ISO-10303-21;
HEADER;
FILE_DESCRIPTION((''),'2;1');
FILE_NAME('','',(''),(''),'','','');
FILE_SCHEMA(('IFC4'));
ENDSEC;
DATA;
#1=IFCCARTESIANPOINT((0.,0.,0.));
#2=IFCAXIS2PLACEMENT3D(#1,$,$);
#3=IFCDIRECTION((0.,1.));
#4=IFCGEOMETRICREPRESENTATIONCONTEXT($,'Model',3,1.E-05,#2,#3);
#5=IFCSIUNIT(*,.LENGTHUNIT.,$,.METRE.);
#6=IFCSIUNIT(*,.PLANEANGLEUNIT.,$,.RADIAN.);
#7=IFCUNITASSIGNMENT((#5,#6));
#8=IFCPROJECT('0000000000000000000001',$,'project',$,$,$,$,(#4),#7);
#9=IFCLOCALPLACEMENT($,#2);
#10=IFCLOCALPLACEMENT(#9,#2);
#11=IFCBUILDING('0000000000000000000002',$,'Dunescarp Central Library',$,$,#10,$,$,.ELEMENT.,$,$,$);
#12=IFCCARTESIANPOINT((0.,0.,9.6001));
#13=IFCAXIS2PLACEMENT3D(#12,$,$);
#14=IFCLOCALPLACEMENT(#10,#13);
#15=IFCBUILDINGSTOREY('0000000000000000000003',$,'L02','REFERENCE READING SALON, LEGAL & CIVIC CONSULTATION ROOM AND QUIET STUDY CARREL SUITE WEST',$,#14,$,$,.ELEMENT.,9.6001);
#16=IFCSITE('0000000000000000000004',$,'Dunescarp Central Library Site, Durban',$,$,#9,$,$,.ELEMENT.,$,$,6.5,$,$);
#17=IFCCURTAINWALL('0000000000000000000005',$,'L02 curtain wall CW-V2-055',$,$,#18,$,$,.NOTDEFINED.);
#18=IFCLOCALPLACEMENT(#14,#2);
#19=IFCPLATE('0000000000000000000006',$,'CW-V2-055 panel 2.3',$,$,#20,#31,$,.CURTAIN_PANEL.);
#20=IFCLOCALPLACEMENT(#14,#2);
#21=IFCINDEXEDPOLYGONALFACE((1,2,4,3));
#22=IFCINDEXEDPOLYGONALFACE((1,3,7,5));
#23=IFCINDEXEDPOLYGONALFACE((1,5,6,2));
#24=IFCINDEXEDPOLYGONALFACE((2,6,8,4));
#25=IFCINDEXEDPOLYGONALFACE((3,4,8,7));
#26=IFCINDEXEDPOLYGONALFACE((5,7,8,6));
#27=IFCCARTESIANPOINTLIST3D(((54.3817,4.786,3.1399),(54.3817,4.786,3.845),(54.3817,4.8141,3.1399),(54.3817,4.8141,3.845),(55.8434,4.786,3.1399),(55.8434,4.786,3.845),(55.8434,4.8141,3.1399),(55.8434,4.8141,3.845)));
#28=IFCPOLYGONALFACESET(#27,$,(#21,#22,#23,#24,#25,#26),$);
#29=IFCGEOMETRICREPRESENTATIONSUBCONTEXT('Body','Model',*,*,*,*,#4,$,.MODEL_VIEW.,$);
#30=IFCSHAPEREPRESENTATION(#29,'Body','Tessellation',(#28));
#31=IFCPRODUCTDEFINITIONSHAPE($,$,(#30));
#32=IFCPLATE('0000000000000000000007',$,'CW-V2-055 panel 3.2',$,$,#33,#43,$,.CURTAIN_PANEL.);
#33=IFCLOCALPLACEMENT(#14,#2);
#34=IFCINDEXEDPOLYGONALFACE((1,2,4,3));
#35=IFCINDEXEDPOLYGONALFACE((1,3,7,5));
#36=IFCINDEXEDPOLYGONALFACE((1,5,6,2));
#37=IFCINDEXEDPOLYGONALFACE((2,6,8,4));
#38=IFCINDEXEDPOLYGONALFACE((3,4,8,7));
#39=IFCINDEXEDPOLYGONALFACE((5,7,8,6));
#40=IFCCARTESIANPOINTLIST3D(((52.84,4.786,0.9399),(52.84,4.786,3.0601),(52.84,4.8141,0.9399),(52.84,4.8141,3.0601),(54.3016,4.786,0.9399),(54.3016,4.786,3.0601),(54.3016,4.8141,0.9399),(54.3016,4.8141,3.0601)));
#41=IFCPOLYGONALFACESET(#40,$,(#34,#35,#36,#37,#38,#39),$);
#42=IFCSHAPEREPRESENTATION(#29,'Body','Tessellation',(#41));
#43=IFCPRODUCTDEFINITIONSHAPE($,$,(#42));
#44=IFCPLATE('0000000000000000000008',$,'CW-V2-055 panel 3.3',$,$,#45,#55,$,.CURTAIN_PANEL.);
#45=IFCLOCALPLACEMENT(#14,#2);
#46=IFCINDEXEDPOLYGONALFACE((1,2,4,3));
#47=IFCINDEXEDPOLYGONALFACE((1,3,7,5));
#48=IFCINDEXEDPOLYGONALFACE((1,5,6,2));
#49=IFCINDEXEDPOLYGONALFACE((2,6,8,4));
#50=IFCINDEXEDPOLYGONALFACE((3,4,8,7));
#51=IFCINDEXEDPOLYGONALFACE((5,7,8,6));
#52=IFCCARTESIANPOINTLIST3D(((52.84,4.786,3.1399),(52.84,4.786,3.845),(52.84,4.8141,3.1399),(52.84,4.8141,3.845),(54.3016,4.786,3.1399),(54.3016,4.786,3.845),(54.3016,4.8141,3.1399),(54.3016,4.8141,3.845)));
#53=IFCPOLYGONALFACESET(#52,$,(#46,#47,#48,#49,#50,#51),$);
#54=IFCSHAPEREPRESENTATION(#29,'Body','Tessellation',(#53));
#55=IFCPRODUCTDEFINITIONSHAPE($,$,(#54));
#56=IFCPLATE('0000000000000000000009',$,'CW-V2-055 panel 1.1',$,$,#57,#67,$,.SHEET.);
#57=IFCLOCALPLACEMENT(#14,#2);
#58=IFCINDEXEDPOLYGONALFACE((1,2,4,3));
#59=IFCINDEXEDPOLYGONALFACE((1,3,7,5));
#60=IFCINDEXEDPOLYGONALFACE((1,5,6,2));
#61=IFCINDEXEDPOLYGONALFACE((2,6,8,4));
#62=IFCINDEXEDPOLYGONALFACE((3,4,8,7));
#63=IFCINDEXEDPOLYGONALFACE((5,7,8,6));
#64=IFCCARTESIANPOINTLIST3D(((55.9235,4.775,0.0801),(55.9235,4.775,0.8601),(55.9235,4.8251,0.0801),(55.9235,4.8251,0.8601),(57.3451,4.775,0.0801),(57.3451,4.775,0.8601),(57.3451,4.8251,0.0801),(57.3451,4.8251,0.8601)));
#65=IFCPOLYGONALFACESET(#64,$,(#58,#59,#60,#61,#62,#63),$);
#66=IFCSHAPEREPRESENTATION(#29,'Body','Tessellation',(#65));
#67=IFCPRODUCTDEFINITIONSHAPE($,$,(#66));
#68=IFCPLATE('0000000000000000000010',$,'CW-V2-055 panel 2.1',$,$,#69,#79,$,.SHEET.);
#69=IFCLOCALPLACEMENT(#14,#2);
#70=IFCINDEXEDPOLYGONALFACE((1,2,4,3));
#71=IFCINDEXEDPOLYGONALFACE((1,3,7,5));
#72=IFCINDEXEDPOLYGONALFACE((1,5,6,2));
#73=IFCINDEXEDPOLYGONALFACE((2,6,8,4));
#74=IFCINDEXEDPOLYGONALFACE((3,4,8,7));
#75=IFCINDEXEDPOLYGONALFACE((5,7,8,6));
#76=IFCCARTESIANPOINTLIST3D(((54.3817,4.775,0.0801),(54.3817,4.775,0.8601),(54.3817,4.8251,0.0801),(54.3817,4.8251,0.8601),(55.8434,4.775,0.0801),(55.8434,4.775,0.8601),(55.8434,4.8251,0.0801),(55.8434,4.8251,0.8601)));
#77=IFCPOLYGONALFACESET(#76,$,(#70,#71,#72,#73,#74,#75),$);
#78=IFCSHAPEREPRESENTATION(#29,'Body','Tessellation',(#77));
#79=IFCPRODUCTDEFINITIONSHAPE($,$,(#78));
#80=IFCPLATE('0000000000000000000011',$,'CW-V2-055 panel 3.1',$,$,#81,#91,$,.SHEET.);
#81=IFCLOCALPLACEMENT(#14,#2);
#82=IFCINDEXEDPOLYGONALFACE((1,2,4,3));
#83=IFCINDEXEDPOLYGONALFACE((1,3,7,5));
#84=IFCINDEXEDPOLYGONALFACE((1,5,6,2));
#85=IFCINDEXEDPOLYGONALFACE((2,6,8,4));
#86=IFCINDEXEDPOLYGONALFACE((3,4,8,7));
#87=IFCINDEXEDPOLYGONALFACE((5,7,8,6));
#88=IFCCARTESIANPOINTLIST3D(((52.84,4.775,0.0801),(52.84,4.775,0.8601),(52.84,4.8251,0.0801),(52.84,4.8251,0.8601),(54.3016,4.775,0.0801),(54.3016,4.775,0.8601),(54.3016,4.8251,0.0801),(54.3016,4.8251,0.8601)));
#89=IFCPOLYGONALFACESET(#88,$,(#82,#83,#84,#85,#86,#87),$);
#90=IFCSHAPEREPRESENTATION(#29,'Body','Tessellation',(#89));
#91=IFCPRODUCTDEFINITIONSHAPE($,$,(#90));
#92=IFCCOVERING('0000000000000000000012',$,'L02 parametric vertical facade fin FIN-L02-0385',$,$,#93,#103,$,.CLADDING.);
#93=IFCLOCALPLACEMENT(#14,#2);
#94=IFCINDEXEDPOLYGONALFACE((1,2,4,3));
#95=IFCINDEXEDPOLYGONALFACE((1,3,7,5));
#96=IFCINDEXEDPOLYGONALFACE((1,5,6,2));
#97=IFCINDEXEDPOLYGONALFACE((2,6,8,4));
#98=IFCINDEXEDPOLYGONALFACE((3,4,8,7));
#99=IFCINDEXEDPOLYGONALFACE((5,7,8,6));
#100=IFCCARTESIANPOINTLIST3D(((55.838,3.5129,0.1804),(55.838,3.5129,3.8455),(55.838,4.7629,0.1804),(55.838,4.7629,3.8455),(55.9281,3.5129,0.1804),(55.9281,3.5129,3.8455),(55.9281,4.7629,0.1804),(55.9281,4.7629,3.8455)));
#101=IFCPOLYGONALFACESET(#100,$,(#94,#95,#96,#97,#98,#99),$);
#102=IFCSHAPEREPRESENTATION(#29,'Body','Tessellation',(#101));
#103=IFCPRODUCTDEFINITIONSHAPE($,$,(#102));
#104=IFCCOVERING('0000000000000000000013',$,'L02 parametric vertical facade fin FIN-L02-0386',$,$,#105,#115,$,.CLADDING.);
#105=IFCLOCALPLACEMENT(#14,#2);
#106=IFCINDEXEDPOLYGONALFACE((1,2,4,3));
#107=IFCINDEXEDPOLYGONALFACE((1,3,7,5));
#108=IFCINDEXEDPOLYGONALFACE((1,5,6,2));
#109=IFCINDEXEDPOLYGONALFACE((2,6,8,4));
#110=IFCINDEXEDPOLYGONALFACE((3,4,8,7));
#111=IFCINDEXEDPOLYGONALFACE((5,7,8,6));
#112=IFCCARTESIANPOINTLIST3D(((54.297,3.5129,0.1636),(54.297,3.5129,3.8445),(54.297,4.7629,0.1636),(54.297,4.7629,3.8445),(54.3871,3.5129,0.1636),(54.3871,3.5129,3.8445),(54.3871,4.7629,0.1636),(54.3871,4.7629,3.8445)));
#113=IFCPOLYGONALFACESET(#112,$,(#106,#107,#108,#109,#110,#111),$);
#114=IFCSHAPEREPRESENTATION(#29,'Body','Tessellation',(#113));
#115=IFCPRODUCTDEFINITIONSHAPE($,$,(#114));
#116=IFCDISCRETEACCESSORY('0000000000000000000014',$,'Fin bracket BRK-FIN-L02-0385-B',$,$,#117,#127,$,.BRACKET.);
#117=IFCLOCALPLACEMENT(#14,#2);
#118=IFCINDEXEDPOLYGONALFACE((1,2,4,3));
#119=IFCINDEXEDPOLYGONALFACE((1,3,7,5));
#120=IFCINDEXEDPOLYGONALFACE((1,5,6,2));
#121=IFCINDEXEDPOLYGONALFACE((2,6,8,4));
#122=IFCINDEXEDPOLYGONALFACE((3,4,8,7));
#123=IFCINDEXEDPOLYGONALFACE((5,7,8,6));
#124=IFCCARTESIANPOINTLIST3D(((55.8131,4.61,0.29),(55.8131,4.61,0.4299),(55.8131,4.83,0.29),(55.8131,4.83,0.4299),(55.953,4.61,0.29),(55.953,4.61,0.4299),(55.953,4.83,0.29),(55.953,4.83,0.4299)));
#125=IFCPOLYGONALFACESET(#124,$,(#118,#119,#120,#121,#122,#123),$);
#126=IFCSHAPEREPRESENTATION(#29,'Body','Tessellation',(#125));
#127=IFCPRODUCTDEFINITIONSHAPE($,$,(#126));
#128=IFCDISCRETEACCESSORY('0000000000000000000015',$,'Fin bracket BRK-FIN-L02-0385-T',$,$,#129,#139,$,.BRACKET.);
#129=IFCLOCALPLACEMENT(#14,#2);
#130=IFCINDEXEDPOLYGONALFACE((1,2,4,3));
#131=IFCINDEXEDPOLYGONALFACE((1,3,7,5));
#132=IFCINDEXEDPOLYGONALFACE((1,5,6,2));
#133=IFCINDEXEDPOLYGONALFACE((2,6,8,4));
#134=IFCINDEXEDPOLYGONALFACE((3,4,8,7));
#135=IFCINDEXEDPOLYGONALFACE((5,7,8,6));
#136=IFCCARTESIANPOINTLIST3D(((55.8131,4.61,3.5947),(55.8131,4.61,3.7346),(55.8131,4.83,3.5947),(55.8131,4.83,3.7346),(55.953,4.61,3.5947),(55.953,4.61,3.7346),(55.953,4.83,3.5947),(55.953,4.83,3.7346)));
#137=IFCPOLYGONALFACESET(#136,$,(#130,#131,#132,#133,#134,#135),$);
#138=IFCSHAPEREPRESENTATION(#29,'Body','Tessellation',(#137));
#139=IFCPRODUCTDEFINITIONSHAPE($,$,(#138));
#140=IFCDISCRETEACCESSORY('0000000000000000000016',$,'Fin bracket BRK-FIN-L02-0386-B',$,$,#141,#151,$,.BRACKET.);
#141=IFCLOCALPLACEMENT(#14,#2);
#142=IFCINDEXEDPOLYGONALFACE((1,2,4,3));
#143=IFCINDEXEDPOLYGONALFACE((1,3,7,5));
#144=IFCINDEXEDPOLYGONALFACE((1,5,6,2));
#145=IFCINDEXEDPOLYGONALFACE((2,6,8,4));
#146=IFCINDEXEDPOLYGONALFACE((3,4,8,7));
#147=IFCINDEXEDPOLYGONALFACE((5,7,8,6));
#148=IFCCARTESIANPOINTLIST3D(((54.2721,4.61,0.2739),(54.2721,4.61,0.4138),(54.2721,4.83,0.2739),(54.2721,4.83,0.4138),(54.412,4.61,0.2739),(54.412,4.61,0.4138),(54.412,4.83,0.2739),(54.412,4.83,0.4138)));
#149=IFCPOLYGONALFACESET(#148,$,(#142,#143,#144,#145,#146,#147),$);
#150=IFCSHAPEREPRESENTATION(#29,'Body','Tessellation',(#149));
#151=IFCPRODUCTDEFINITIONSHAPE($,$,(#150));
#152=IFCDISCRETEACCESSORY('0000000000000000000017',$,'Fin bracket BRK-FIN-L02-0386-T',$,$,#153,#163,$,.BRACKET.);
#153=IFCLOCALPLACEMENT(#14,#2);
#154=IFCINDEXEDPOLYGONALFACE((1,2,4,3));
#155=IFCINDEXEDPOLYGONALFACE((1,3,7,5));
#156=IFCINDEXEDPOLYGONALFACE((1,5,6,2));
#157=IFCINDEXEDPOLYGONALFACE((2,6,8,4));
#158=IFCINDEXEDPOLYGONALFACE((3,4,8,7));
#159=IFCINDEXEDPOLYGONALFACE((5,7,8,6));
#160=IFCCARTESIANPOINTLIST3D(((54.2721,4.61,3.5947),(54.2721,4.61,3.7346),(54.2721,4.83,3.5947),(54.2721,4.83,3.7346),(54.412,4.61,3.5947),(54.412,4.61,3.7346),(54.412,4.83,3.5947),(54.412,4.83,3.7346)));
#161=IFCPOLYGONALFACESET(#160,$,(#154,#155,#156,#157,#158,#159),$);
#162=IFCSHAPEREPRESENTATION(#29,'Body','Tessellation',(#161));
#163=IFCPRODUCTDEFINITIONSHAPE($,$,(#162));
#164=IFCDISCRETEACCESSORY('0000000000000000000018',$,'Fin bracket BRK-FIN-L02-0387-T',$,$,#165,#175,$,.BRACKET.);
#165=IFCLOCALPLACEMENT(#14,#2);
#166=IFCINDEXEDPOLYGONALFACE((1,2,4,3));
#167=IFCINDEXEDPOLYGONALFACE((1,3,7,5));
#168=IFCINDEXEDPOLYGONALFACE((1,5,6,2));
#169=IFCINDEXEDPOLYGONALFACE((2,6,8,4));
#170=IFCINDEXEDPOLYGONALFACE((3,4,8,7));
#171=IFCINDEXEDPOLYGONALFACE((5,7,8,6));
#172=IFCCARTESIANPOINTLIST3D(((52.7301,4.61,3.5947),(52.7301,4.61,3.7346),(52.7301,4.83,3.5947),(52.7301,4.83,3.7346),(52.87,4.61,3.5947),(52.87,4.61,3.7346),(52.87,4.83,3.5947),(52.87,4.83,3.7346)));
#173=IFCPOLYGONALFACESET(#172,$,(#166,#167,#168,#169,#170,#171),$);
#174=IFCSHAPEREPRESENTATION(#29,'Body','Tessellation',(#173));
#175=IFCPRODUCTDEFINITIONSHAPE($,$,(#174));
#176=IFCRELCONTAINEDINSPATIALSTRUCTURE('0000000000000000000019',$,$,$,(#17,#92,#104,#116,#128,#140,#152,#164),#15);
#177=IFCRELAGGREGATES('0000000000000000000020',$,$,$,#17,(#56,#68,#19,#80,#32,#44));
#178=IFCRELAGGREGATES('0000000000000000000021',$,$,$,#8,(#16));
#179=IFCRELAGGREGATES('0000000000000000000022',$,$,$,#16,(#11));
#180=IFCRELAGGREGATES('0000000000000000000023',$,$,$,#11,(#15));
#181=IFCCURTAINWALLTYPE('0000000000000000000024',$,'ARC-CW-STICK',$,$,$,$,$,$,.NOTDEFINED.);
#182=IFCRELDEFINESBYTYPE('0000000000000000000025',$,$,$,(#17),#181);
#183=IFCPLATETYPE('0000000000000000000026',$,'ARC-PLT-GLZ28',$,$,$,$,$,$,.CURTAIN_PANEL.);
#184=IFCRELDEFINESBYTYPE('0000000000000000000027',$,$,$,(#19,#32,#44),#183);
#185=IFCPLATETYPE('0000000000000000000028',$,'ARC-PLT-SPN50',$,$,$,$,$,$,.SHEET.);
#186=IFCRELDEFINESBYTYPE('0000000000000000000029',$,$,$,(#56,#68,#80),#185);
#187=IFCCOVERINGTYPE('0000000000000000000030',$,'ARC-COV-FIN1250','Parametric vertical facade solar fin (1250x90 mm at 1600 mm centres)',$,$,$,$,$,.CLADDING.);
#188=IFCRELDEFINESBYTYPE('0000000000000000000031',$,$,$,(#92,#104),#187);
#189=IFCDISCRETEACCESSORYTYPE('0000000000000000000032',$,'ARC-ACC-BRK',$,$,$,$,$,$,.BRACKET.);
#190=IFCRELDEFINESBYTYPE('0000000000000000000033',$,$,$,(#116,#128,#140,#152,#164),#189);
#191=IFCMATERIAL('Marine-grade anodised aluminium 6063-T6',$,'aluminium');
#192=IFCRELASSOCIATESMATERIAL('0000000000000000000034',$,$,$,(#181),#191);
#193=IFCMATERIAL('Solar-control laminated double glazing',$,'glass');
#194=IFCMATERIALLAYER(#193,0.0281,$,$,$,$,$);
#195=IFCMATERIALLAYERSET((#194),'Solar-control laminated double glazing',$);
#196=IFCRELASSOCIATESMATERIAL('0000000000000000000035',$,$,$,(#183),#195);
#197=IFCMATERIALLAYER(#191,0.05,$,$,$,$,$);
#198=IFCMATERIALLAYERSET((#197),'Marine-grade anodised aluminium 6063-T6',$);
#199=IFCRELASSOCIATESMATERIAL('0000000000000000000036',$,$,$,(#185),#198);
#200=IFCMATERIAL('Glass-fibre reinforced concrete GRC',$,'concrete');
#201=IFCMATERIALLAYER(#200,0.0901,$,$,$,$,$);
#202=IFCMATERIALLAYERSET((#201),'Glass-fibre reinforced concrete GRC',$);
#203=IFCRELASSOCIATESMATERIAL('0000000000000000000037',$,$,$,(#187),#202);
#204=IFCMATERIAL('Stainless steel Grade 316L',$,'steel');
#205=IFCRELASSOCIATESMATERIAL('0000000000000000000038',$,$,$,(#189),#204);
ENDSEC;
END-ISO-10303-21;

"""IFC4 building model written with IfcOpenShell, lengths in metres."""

from ifc_helpers import new_model, si_unit, direction, frame, origin, origin_2d, place, context, subcontext, project, spatial, rectangle, extrude, material, layer, layer_set, type_object, element, aggregate, save


model = new_model("IFC4")

# Units and contexts
model_context = context("Model", 3, precision=1e-05, world=origin(), true_north=direction((0.0, 1.0)))
body_context = subcontext(model_context, "Body", "Model", "MODEL_VIEW")
ifc_project = project(units=[si_unit("LENGTHUNIT", "METRE"), si_unit("PLANEANGLEUNIT", "RADIAN")], contexts=[model_context])

# Site, building, storey
site_placement = place(None, origin())
site = spatial("IfcSite", under=ifc_project, at=site_placement, Name="Dunescarp Central Library Site, Durban", CompositionType="ELEMENT", RefElevation=6.5)
building_placement = place(site_placement, origin())
building = spatial("IfcBuilding", under=site, at=building_placement, Name="Dunescarp Central Library", CompositionType="ELEMENT")
storey_placement = place(building_placement, frame((0.0, 0.0, 9.6001)))
storey = spatial("IfcBuildingStorey", under=building, at=storey_placement, Name="L02", Description="REFERENCE READING SALON, LEGAL & CIVIC CONSULTATION ROOM AND QUIET STUDY CARREL SUITE WEST", CompositionType="ELEMENT", Elevation=9.6001)

# Curtain wall, plates
ifc_material_1 = material(Name="Marine-grade anodised aluminium 6063-T6", Category="aluminium")
curtain_wall_type = type_object("IfcCurtainWallType", Name="ARC-CW-STICK", PredefinedType="NOTDEFINED", material=ifc_material_1)
curtain_wall_placement = place(storey_placement, origin())
curtain_wall = element("IfcCurtainWall", 1, at=curtain_wall_placement, inside=storey, type_object=curtain_wall_type, Name="L02 curtain wall CW-V2-055", PredefinedType="NOTDEFINED")
ifc_material_2 = material(Name="Solar-control laminated double glazing", Category="glass")
ifc_layer_1 = layer(ifc_material_2, 0.0281)
ifc_layer_set_1 = layer_set([ifc_layer_1], Name="Solar-control laminated double glazing")
plate_type_1 = type_object("IfcPlateType", Name="ARC-PLT-GLZ28", PredefinedType="CURTAIN_PANEL", material=ifc_layer_set_1)
plate_1_placement = place(storey_placement, frame((55.1125, 4.8, 3.1399), z_axis=(0.0, 0.0, 1.0), x_axis=(-1.0, 0.0, 0.0)))
plate_1 = element("IfcPlate", 2, at=plate_1_placement, type_object=plate_type_1, Name="CW-V2-055 panel 2.3", PredefinedType="CURTAIN_PANEL", context=body_context, shape_type="SweptSolid", body=[
    extrude(rectangle(XDim=1.4617, YDim=0.0281, at=origin_2d()), origin(), (0.0, 0.0, 1.0), 0.7051),
])
plate_2_placement = place(storey_placement, frame((53.5708, 4.8, 0.9399), z_axis=(0.0, 0.0, 1.0), x_axis=(-1.0, 0.0, 0.0)))
plate_2 = element("IfcPlate", 3, at=plate_2_placement, type_object=plate_type_1, Name="CW-V2-055 panel 3.2", PredefinedType="CURTAIN_PANEL", context=body_context, shape_type="SweptSolid", body=[
    extrude(rectangle(XDim=1.4617, YDim=0.0281, at=origin_2d()), origin(), (0.0, 0.0, 1.0), 2.1201),
])
plate_3_placement = place(storey_placement, frame((53.5708, 4.8, 3.1399), z_axis=(0.0, 0.0, 1.0), x_axis=(-1.0, 0.0, 0.0)))
plate_3 = element("IfcPlate", 4, at=plate_3_placement, type_object=plate_type_1, Name="CW-V2-055 panel 3.3", PredefinedType="CURTAIN_PANEL", context=body_context, shape_type="SweptSolid", body=[
    extrude(rectangle(XDim=1.4617, YDim=0.0281, at=origin_2d()), origin(), (0.0, 0.0, 1.0), 0.7051),
])
ifc_layer_2 = layer(ifc_material_1, 0.05)
ifc_layer_set_2 = layer_set([ifc_layer_2], Name="Marine-grade anodised aluminium 6063-T6")
plate_type_2 = type_object("IfcPlateType", Name="ARC-PLT-SPN50", PredefinedType="SHEET", material=ifc_layer_set_2)
plate_4_placement = place(storey_placement, frame((56.6343, 4.8, 0.0801), z_axis=(0.0, 0.0, 1.0), x_axis=(-1.0, 0.0, 0.0)))
plate_4 = element("IfcPlate", 5, at=plate_4_placement, type_object=plate_type_2, Name="CW-V2-055 panel 1.1", PredefinedType="SHEET", context=body_context, shape_type="SweptSolid", body=[
    extrude(rectangle(XDim=1.4216, YDim=0.05, at=origin_2d()), origin(), (0.0, 0.0, 1.0), 0.78),
])
plate_5_placement = place(storey_placement, frame((55.1125, 4.8, 0.0801), z_axis=(0.0, 0.0, 1.0), x_axis=(-1.0, 0.0, 0.0)))
plate_5 = element("IfcPlate", 6, at=plate_5_placement, type_object=plate_type_2, Name="CW-V2-055 panel 2.1", PredefinedType="SHEET", context=body_context, shape_type="SweptSolid", body=[
    extrude(rectangle(XDim=1.4617, YDim=0.05, at=origin_2d()), origin(), (0.0, 0.0, 1.0), 0.78),
])
plate_6_placement = place(storey_placement, frame((53.5708, 4.8, 0.0801), z_axis=(0.0, 0.0, 1.0), x_axis=(-1.0, 0.0, 0.0)))
plate_6 = element("IfcPlate", 7, at=plate_6_placement, type_object=plate_type_2, Name="CW-V2-055 panel 3.1", PredefinedType="SHEET", context=body_context, shape_type="SweptSolid", body=[
    extrude(rectangle(XDim=1.4617, YDim=0.05, at=origin_2d()), origin(), (0.0, 0.0, 1.0), 0.78),
])
aggregate(curtain_wall, [plate_4, plate_5, plate_1, plate_6, plate_2, plate_3])

# Coverings
ifc_material_3 = material(Name="Glass-fibre reinforced concrete GRC", Category="concrete")
ifc_layer_3 = layer(ifc_material_3, 0.0901)
ifc_layer_set_3 = layer_set([ifc_layer_3], Name="Glass-fibre reinforced concrete GRC")
covering_type = type_object("IfcCoveringType", Name="ARC-COV-FIN1250", Description="Parametric vertical facade solar fin (1250x90 mm at 1600 mm centres)", PredefinedType="CLADDING", material=ifc_layer_set_3)
covering_1_placement = place(storey_placement, frame((55.8831, 4.1379, 0.1804), z_axis=(0.0, 0.0, 1.0), x_axis=(0.0, -1.0, 0.0)))
element("IfcCovering", 8, at=covering_1_placement, inside=storey, type_object=covering_type, Name="L02 parametric vertical facade fin FIN-L02-0385", PredefinedType="CLADDING", context=body_context, shape_type="SweptSolid", body=[
    extrude(rectangle(XDim=1.25, YDim=0.0901, at=origin_2d()), origin(), (0.0, 0.0, 1.0), 3.665),
])
covering_2_placement = place(storey_placement, frame((54.342, 4.1379, 0.1636), z_axis=(0.0, 0.0, 1.0), x_axis=(0.0, -1.0, 0.0)))
element("IfcCovering", 9, at=covering_2_placement, inside=storey, type_object=covering_type, Name="L02 parametric vertical facade fin FIN-L02-0386", PredefinedType="CLADDING", context=body_context, shape_type="SweptSolid", body=[
    extrude(rectangle(XDim=1.25, YDim=0.0901, at=origin_2d()), origin(), (0.0, 0.0, 1.0), 3.6809),
])

# Discrete accessories
ifc_material_4 = material(Name="Stainless steel Grade 316L", Category="steel")
discrete_accessory_type = type_object("IfcDiscreteAccessoryType", Name="ARC-ACC-BRK", PredefinedType="BRACKET", material=ifc_material_4)
for number, where, z_axis, x_axis, name in (
    (10, (55.8831, 4.72, 0.29), (0.0, 0.0, 1.0), (0.0, -1.0, 0.0), "Fin bracket BRK-FIN-L02-0385-B"),
    (11, (55.8831, 4.72, 3.5947), (0.0, 0.0, 1.0), (0.0, -1.0, 0.0), "Fin bracket BRK-FIN-L02-0385-T"),
    (12, (54.342, 4.72, 0.2739), (0.0, 0.0, 1.0), (0.0, -1.0, 0.0), "Fin bracket BRK-FIN-L02-0386-B"),
    (13, (54.342, 4.72, 3.5947), (0.0, 0.0, 1.0), (0.0, -1.0, 0.0), "Fin bracket BRK-FIN-L02-0386-T"),
    (14, (52.8, 4.72, 3.5947), (0.0, 0.0, 1.0), (0.0, -1.0, 0.0), "Fin bracket BRK-FIN-L02-0387-T"),
):
    element("IfcDiscreteAccessory", number, at=place(storey_placement, frame(where, z_axis=z_axis, x_axis=x_axis)), inside=storey, type_object=discrete_accessory_type, Name=name, PredefinedType="BRACKET", context=body_context, shape_type="SweptSolid", body=[
        extrude(rectangle(XDim=0.22, YDim=0.1399, at=origin_2d()), origin(), (0.0, 0.0, 1.0), 0.1399),
    ])

save(model, "model.ifc")
